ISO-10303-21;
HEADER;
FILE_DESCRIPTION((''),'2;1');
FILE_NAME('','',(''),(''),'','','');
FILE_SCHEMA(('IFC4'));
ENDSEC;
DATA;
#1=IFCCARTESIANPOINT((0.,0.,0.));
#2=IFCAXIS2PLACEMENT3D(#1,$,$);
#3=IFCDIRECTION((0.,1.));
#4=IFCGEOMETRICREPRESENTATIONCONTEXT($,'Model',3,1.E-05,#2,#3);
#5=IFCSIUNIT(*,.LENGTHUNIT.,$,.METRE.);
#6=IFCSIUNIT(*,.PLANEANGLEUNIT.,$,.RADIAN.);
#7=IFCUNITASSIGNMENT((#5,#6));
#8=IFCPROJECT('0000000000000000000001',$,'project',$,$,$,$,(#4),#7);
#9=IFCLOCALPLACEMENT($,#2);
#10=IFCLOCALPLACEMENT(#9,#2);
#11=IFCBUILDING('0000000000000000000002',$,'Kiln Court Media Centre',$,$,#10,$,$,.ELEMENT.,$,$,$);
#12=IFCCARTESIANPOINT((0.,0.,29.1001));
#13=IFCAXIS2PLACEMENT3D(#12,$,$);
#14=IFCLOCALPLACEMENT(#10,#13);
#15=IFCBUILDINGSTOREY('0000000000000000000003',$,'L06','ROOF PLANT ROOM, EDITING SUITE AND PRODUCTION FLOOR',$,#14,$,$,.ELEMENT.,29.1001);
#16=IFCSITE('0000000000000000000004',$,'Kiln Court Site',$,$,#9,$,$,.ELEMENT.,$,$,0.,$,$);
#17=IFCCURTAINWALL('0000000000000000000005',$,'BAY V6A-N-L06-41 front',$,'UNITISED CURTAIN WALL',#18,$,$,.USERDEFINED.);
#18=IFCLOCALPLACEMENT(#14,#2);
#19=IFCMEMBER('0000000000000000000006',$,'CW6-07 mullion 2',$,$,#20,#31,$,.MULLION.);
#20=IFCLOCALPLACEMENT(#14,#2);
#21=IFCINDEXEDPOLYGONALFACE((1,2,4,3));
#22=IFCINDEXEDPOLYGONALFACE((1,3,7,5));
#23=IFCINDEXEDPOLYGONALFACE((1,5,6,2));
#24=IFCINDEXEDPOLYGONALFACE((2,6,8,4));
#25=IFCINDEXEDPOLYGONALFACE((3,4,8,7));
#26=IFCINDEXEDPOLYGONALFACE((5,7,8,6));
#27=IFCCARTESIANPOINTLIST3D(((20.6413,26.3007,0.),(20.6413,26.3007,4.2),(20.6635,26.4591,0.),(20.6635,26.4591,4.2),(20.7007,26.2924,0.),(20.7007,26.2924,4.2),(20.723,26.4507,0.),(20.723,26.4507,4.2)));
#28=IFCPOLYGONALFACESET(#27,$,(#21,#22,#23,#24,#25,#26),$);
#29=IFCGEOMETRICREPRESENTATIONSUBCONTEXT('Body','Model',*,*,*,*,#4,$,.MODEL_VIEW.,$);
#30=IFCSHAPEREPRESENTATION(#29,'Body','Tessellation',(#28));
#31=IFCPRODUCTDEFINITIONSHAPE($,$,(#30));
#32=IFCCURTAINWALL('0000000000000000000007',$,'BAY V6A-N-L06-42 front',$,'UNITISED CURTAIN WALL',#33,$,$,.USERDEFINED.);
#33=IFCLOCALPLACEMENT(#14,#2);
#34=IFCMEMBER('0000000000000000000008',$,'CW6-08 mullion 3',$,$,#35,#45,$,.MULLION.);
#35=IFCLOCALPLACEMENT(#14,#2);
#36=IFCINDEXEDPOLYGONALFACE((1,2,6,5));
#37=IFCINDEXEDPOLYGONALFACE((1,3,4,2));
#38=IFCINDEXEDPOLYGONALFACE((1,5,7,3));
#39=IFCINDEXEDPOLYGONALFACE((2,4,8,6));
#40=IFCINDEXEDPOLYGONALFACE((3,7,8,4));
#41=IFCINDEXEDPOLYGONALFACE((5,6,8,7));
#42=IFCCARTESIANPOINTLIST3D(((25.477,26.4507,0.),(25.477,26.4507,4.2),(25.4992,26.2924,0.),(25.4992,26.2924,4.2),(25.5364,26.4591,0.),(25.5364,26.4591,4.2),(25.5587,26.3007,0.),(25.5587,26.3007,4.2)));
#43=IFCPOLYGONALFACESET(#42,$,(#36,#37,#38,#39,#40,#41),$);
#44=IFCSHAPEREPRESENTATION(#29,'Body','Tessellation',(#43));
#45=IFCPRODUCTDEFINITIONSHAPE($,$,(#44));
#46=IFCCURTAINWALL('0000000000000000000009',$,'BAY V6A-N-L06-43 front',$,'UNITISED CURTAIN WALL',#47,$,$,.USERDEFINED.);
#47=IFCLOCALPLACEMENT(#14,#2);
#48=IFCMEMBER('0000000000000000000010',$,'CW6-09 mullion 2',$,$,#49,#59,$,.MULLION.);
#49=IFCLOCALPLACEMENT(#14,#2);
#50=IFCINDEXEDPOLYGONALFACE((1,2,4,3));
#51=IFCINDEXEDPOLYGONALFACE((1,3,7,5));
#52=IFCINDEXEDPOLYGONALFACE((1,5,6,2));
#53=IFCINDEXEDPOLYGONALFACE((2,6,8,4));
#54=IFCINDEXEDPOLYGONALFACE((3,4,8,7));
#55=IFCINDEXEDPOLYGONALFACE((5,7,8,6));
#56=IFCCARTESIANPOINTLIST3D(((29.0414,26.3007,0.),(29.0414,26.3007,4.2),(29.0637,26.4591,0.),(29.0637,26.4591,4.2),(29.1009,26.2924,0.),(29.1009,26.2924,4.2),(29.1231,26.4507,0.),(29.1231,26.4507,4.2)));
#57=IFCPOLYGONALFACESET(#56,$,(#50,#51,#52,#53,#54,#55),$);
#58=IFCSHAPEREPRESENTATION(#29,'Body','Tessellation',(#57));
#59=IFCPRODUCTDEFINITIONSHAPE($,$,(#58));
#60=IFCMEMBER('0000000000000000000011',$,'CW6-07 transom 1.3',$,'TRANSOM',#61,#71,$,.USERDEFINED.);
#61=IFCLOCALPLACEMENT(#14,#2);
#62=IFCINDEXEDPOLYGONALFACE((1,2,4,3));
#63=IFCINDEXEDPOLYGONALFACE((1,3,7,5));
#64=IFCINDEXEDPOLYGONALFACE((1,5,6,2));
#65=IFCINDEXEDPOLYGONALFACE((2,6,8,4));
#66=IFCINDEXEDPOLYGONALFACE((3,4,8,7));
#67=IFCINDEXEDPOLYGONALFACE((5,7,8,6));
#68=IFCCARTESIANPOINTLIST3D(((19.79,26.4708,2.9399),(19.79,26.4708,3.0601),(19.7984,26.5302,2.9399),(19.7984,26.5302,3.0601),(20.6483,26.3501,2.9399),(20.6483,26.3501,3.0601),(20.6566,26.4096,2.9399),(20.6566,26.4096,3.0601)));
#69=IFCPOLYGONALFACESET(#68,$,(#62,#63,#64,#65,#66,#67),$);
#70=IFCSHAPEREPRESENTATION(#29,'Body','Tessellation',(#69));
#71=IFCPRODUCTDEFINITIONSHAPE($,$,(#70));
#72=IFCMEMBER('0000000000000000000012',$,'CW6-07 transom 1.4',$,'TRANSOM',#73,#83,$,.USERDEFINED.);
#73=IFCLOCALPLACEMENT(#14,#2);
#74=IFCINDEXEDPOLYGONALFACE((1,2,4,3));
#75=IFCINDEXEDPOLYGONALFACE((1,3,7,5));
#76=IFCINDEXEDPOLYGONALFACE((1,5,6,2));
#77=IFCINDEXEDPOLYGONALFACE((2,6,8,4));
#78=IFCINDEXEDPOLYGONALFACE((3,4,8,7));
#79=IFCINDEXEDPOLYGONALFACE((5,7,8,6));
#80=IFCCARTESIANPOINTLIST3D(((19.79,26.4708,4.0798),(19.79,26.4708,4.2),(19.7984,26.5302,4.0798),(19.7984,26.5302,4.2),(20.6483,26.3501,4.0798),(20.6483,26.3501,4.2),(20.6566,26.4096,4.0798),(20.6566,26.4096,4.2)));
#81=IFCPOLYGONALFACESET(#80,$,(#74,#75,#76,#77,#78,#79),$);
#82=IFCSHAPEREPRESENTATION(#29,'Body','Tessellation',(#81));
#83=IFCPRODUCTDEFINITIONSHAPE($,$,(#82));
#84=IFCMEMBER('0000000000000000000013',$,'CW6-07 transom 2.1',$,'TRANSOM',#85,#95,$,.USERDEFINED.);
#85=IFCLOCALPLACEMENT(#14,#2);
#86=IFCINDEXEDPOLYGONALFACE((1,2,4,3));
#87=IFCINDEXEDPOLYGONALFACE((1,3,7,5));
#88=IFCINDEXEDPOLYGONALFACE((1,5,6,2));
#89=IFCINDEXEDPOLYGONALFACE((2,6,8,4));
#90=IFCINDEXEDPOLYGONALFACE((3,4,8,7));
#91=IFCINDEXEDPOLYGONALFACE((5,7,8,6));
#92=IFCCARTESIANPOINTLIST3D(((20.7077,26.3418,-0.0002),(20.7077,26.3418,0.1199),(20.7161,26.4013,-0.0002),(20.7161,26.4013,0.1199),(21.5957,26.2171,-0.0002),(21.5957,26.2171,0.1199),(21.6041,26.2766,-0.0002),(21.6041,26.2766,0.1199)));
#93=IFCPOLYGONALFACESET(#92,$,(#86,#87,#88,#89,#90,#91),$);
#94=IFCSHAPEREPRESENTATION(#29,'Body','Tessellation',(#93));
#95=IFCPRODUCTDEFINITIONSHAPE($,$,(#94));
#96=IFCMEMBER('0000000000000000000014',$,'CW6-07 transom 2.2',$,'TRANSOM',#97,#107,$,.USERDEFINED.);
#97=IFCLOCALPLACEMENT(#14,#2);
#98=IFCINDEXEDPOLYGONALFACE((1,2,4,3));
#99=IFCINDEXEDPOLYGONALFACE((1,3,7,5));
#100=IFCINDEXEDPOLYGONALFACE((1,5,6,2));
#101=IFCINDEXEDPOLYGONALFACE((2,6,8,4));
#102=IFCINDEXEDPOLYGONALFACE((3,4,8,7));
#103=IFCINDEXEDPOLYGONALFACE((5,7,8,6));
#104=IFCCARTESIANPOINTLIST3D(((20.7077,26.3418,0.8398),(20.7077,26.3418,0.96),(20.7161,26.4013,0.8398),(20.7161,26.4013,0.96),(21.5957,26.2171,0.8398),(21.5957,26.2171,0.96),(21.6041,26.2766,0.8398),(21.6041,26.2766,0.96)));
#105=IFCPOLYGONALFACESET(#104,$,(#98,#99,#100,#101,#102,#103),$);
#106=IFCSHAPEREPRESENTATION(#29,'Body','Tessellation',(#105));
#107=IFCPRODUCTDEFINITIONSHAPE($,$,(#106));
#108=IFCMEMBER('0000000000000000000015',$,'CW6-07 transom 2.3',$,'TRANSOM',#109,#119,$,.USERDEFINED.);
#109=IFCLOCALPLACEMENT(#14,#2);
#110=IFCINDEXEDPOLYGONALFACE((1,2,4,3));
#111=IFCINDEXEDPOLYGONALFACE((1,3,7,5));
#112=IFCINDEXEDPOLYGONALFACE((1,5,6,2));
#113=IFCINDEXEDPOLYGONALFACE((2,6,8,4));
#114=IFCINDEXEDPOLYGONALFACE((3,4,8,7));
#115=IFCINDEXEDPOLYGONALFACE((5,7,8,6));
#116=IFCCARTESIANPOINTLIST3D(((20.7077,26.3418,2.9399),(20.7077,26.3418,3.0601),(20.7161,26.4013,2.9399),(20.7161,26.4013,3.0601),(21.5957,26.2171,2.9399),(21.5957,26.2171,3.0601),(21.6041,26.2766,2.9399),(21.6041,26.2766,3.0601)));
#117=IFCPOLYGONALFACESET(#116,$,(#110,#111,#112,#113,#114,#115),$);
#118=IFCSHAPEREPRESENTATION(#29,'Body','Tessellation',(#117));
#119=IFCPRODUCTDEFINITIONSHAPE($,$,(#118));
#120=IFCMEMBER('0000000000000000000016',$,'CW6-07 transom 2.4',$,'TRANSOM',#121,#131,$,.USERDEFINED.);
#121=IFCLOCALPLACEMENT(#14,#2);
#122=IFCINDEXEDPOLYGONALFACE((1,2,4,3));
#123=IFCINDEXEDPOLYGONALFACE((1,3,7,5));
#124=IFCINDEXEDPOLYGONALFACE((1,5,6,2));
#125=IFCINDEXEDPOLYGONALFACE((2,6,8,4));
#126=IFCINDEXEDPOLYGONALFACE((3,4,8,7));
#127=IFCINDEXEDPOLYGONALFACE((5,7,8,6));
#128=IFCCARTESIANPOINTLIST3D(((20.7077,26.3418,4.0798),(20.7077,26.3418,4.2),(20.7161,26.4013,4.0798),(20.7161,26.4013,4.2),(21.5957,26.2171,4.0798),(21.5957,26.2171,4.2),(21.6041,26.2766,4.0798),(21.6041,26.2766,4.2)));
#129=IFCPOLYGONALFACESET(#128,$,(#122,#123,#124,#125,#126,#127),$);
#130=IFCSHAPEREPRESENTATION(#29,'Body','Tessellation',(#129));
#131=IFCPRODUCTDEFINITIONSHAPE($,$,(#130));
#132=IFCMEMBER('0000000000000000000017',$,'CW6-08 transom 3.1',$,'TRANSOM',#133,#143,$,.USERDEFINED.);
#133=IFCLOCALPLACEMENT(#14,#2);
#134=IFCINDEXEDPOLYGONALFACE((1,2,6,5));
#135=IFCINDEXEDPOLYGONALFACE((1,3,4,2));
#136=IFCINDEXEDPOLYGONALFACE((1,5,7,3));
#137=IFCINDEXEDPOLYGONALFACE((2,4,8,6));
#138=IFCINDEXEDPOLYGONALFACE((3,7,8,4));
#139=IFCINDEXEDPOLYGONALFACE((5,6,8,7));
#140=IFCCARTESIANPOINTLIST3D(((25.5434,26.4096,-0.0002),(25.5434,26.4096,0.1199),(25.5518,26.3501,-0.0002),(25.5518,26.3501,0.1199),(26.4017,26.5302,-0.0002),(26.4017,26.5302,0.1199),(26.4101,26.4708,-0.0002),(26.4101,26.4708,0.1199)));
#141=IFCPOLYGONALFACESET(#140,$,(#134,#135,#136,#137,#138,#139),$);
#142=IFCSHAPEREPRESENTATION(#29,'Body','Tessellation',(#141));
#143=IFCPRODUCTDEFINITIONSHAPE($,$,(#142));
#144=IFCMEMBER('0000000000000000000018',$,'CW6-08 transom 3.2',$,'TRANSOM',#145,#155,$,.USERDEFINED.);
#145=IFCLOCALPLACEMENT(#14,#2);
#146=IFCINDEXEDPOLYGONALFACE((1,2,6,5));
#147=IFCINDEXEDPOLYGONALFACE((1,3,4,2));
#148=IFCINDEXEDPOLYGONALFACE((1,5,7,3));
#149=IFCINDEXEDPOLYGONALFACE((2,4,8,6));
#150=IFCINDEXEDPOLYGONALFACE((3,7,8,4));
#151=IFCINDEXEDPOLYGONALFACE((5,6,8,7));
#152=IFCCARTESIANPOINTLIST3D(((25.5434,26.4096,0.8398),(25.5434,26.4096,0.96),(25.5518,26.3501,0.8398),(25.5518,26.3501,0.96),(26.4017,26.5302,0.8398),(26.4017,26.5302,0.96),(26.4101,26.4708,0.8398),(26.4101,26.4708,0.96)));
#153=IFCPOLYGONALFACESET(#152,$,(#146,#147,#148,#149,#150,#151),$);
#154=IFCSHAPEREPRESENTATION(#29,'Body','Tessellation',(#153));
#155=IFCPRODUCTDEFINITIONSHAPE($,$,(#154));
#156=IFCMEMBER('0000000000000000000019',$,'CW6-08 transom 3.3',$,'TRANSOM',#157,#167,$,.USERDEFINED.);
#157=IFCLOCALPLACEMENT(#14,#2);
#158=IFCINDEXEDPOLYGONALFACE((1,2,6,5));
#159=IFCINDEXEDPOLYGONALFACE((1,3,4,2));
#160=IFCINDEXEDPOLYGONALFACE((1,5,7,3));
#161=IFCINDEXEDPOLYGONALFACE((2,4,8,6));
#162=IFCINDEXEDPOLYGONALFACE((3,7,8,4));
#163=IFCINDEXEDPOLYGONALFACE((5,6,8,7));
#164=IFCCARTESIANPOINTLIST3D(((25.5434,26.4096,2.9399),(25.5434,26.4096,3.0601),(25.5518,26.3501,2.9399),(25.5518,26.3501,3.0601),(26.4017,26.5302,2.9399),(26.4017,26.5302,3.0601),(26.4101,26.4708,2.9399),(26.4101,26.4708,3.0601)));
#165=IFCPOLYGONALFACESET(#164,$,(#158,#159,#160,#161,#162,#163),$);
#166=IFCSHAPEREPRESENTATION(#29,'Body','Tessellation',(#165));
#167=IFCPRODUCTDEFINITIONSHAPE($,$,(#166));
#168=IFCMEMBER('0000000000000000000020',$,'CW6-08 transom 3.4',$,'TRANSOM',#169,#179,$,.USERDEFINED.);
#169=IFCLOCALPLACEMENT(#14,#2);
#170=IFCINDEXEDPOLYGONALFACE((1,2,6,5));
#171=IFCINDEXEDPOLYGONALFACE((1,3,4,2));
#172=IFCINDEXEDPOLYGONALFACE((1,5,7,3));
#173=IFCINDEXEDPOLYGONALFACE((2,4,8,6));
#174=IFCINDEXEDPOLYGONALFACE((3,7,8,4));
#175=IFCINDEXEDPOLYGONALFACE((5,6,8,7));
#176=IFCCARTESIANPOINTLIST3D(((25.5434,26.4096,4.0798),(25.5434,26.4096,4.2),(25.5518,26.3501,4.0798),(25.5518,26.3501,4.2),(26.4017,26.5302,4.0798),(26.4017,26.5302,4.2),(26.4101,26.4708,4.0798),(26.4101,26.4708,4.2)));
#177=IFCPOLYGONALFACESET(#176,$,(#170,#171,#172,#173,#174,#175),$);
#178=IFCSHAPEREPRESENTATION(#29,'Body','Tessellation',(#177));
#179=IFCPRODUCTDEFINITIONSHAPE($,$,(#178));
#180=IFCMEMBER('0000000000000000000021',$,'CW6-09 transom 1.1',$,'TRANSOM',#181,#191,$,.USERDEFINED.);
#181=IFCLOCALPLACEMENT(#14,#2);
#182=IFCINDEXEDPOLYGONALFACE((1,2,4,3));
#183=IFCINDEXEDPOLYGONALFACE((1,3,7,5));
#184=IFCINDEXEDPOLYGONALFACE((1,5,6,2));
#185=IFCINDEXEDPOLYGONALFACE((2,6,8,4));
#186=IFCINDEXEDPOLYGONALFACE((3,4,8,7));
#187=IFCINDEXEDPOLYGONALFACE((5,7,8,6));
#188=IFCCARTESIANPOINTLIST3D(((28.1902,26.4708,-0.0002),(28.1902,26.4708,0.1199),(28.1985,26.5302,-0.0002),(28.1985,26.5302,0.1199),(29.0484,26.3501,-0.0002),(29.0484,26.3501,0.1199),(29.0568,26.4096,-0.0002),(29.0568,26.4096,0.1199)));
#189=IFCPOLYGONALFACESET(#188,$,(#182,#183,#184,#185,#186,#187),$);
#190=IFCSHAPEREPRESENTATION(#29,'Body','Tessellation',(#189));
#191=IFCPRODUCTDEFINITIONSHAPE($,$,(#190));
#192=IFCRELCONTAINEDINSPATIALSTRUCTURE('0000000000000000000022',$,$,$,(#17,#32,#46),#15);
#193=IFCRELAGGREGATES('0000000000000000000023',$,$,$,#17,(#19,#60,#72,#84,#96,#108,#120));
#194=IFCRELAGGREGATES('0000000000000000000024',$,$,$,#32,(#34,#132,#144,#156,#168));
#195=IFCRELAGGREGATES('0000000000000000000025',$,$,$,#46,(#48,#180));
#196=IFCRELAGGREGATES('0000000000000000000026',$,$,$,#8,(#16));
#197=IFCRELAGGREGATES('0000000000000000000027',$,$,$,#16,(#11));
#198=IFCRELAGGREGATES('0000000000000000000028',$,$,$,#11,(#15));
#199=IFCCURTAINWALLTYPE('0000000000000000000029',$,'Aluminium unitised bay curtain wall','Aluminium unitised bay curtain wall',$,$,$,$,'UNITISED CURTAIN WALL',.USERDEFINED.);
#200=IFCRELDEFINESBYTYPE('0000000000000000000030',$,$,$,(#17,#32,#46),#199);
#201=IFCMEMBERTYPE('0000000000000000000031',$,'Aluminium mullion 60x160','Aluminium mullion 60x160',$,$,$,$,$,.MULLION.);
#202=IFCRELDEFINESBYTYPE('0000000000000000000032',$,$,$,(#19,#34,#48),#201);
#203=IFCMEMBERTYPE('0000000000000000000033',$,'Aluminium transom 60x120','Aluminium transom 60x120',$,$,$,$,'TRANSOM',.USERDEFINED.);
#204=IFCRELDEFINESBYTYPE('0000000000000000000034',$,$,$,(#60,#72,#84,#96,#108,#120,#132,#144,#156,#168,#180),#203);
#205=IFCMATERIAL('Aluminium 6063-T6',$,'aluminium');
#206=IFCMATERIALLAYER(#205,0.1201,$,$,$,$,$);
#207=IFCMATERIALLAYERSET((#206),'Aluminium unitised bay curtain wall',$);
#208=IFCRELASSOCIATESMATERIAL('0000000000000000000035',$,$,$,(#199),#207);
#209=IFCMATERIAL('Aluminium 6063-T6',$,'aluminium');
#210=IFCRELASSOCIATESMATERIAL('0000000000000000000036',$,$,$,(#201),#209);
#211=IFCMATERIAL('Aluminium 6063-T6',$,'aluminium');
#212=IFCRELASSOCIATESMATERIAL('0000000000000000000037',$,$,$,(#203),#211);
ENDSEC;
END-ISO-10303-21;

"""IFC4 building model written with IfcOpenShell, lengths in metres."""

from ifc_helpers import new_model, si_unit, direction, frame, origin, origin_2d, place, context, subcontext, project, spatial, rectangle, extrude, material, layer, layer_set, material_profile, profile_set, type_object, element, aggregate, save


model = new_model("IFC4")

# Units and contexts
model_context = context("Model", 3, precision=1e-05, world=origin(), true_north=direction((0.0, 1.0)))
body_context = subcontext(model_context, "Body", "Model", "MODEL_VIEW")
ifc_project = project(units=[si_unit("LENGTHUNIT", "METRE"), si_unit("PLANEANGLEUNIT", "RADIAN")], contexts=[model_context])

# Site, building, storey
site_placement = place(None, origin())
site = spatial("IfcSite", under=ifc_project, at=site_placement, Name="Kiln Court Site", CompositionType="ELEMENT", RefElevation=0.0)
building_placement = place(site_placement, origin())
building = spatial("IfcBuilding", under=site, at=building_placement, Name="Kiln Court Media Centre", CompositionType="ELEMENT")
storey_placement = place(building_placement, frame((0.0, 0.0, 29.1001)))
storey = spatial("IfcBuildingStorey", under=building, at=storey_placement, Name="L06", Description="ROOF PLANT ROOM, EDITING SUITE AND PRODUCTION FLOOR", CompositionType="ELEMENT", Elevation=29.1001)

# Curtain walls, members
ifc_material_1 = material(Name="Aluminium 6063-T6", Category="aluminium")
ifc_layer_1 = layer(ifc_material_1, 0.1201)
ifc_layer_set_1 = layer_set([ifc_layer_1], Name="Aluminium unitised bay curtain wall")
curtain_wall_type = type_object("IfcCurtainWallType", Name="Aluminium unitised bay curtain wall", Description="Aluminium unitised bay curtain wall", ElementType="UNITISED CURTAIN WALL", PredefinedType="USERDEFINED", material=ifc_layer_set_1)
curtain_wall_1_placement = place(storey_placement, origin())
curtain_wall_1 = element("IfcCurtainWall", 1, at=curtain_wall_1_placement, inside=storey, type_object=curtain_wall_type, Name="BAY V6A-N-L06-41 front", ObjectType="UNITISED CURTAIN WALL", PredefinedType="USERDEFINED")
ifc_material_2 = material(Name="Aluminium 6063-T6", Category="aluminium")
ifc_material_profile_1 = material_profile(ifc_material_2, rectangle(XDim=0.0601, YDim=0.1599, at=origin_2d()), Name="Aluminium mullion 60x160")
ifc_profile_set_1 = profile_set([ifc_material_profile_1], Name="Aluminium 6063-T6")
member_type_1 = type_object("IfcMemberType", Name="Aluminium mullion 60x160", Description="Aluminium mullion 60x160", PredefinedType="MULLION", material=ifc_profile_set_1)
member_1_placement = place(storey_placement, frame((20.6821, 26.3757, 0.0), z_axis=(0.0, 0.0, 1.0), x_axis=(0.99027, -0.139162, 0.0)))
member_1 = element("IfcMember", 2, at=member_1_placement, type_object=member_type_1, Name="CW6-07 mullion 2", PredefinedType="MULLION", context=body_context, shape_type="SweptSolid", body=[
    extrude(rectangle(XDim=0.0601, YDim=0.1599, at=origin_2d()), origin(), (0.0, 0.0, 1.0), 4.2),
])
curtain_wall_2_placement = place(storey_placement, origin())
curtain_wall_2 = element("IfcCurtainWall", 3, at=curtain_wall_2_placement, inside=storey, type_object=curtain_wall_type, Name="BAY V6A-N-L06-42 front", ObjectType="UNITISED CURTAIN WALL", PredefinedType="USERDEFINED")
member_2_placement = place(storey_placement, frame((25.5178, 26.3757, 0.0), z_axis=(0.0, 0.0, 1.0), x_axis=(0.99027, 0.139162, 0.0)))
member_2 = element("IfcMember", 4, at=member_2_placement, type_object=member_type_1, Name="CW6-08 mullion 3", PredefinedType="MULLION", context=body_context, shape_type="SweptSolid", body=[
    extrude(rectangle(XDim=0.0601, YDim=0.1599, at=origin_2d()), origin(), (0.0, 0.0, 1.0), 4.2),
])
curtain_wall_3_placement = place(storey_placement, origin())
curtain_wall_3 = element("IfcCurtainWall", 5, at=curtain_wall_3_placement, inside=storey, type_object=curtain_wall_type, Name="BAY V6A-N-L06-43 front", ObjectType="UNITISED CURTAIN WALL", PredefinedType="USERDEFINED")
member_3_placement = place(storey_placement, frame((29.0823, 26.3757, 0.0), z_axis=(0.0, 0.0, 1.0), x_axis=(0.99027, -0.139162, 0.0)))
member_3 = element("IfcMember", 6, at=member_3_placement, type_object=member_type_1, Name="CW6-09 mullion 2", PredefinedType="MULLION", context=body_context, shape_type="SweptSolid", body=[
    extrude(rectangle(XDim=0.0601, YDim=0.1599, at=origin_2d()), origin(), (0.0, 0.0, 1.0), 4.2),
])

# Members
ifc_material_3 = material(Name="Aluminium 6063-T6", Category="aluminium")
ifc_material_profile_2 = material_profile(ifc_material_3, rectangle(XDim=0.0601, YDim=0.1201, at=origin_2d()), Name="Aluminium transom 60x120")
ifc_profile_set_2 = profile_set([ifc_material_profile_2], Name="Aluminium 6063-T6")
member_type_2 = type_object("IfcMemberType", Name="Aluminium transom 60x120", Description="Aluminium transom 60x120", ElementType="TRANSOM", PredefinedType="USERDEFINED", material=ifc_profile_set_2)
member_4_placement = place(storey_placement, frame((19.7942, 26.5005, 3.0), z_axis=(0.990268, -0.139173, 0.0), x_axis=(0.139173, 0.990268, 0.0)))
member_4 = element("IfcMember", 7, at=member_4_placement, type_object=member_type_2, Name="CW6-07 transom 1.3", ObjectType="TRANSOM", PredefinedType="USERDEFINED", context=body_context, shape_type="SweptSolid", body=[
    extrude(rectangle(XDim=0.0601, YDim=0.1201, at=origin_2d()), origin(), (0.0, 0.0, 1.0), 0.8667),
])
member_5_placement = place(storey_placement, frame((19.7942, 26.5005, 4.1399), z_axis=(0.990268, -0.139173, 0.0), x_axis=(0.139173, 0.990268, 0.0)))
member_5 = element("IfcMember", 8, at=member_5_placement, type_object=member_type_2, Name="CW6-07 transom 1.4", ObjectType="TRANSOM", PredefinedType="USERDEFINED", context=body_context, shape_type="SweptSolid", body=[
    extrude(rectangle(XDim=0.0601, YDim=0.1201, at=origin_2d()), origin(), (0.0, 0.0, 1.0), 0.8667),
])
member_6_placement = place(storey_placement, frame((20.7119, 26.3716, 0.0598), z_axis=(0.990274, -0.139134, 0.0), x_axis=(0.139134, 0.990274, 0.0)))
member_6 = element("IfcMember", 9, at=member_6_placement, type_object=member_type_2, Name="CW6-07 transom 2.1", ObjectType="TRANSOM", PredefinedType="USERDEFINED", context=body_context, shape_type="SweptSolid", body=[
    extrude(rectangle(XDim=0.0601, YDim=0.1201, at=origin_2d()), origin(), (0.0, 0.0, 1.0), 0.8967),
])
member_7_placement = place(storey_placement, frame((20.7119, 26.3716, 0.8999), z_axis=(0.990274, -0.139134, 0.0), x_axis=(0.139134, 0.990274, 0.0)))
member_7 = element("IfcMember", 10, at=member_7_placement, type_object=member_type_2, Name="CW6-07 transom 2.2", ObjectType="TRANSOM", PredefinedType="USERDEFINED", context=body_context, shape_type="SweptSolid", body=[
    extrude(rectangle(XDim=0.0601, YDim=0.1201, at=origin_2d()), origin(), (0.0, 0.0, 1.0), 0.8967),
])
member_8_placement = place(storey_placement, frame((20.7119, 26.3716, 3.0), z_axis=(0.990274, -0.139134, 0.0), x_axis=(0.139134, 0.990274, 0.0)))
member_8 = element("IfcMember", 11, at=member_8_placement, type_object=member_type_2, Name="CW6-07 transom 2.3", ObjectType="TRANSOM", PredefinedType="USERDEFINED", context=body_context, shape_type="SweptSolid", body=[
    extrude(rectangle(XDim=0.0601, YDim=0.1201, at=origin_2d()), origin(), (0.0, 0.0, 1.0), 0.8967),
])
member_9_placement = place(storey_placement, frame((20.7119, 26.3716, 4.1399), z_axis=(0.990274, -0.139134, 0.0), x_axis=(0.139134, 0.990274, 0.0)))
member_9 = element("IfcMember", 12, at=member_9_placement, type_object=member_type_2, Name="CW6-07 transom 2.4", ObjectType="TRANSOM", PredefinedType="USERDEFINED", context=body_context, shape_type="SweptSolid", body=[
    extrude(rectangle(XDim=0.0601, YDim=0.1201, at=origin_2d()), origin(), (0.0, 0.0, 1.0), 0.8967),
])
member_10_placement = place(storey_placement, frame((25.5476, 26.3799, 0.0598), z_axis=(0.990268, 0.139173, 0.0), x_axis=(-0.139173, 0.990268, 0.0)))
member_10 = element("IfcMember", 13, at=member_10_placement, type_object=member_type_2, Name="CW6-08 transom 3.1", ObjectType="TRANSOM", PredefinedType="USERDEFINED", context=body_context, shape_type="SweptSolid", body=[
    extrude(rectangle(XDim=0.0601, YDim=0.1201, at=origin_2d()), origin(), (0.0, 0.0, 1.0), 0.8667),
])
member_11_placement = place(storey_placement, frame((25.5476, 26.3799, 0.8999), z_axis=(0.990268, 0.139173, 0.0), x_axis=(-0.139173, 0.990268, 0.0)))
member_11 = element("IfcMember", 14, at=member_11_placement, type_object=member_type_2, Name="CW6-08 transom 3.2", ObjectType="TRANSOM", PredefinedType="USERDEFINED", context=body_context, shape_type="SweptSolid", body=[
    extrude(rectangle(XDim=0.0601, YDim=0.1201, at=origin_2d()), origin(), (0.0, 0.0, 1.0), 0.8667),
])
member_12_placement = place(storey_placement, frame((25.5476, 26.3799, 3.0), z_axis=(0.990268, 0.139173, 0.0), x_axis=(-0.139173, 0.990268, 0.0)))
member_12 = element("IfcMember", 15, at=member_12_placement, type_object=member_type_2, Name="CW6-08 transom 3.3", ObjectType="TRANSOM", PredefinedType="USERDEFINED", context=body_context, shape_type="SweptSolid", body=[
    extrude(rectangle(XDim=0.0601, YDim=0.1201, at=origin_2d()), origin(), (0.0, 0.0, 1.0), 0.8667),
])
member_13_placement = place(storey_placement, frame((25.5476, 26.3799, 4.1399), z_axis=(0.990268, 0.139173, 0.0), x_axis=(-0.139173, 0.990268, 0.0)))
member_13 = element("IfcMember", 16, at=member_13_placement, type_object=member_type_2, Name="CW6-08 transom 3.4", ObjectType="TRANSOM", PredefinedType="USERDEFINED", context=body_context, shape_type="SweptSolid", body=[
    extrude(rectangle(XDim=0.0601, YDim=0.1201, at=origin_2d()), origin(), (0.0, 0.0, 1.0), 0.8667),
])
member_14_placement = place(storey_placement, frame((28.1943, 26.5005, 0.0598), z_axis=(0.990268, -0.139173, 0.0), x_axis=(0.139173, 0.990268, 0.0)))
member_14 = element("IfcMember", 17, at=member_14_placement, type_object=member_type_2, Name="CW6-09 transom 1.1", ObjectType="TRANSOM", PredefinedType="USERDEFINED", context=body_context, shape_type="SweptSolid", body=[
    extrude(rectangle(XDim=0.0601, YDim=0.1201, at=origin_2d()), origin(), (0.0, 0.0, 1.0), 0.8667),
])

aggregate(curtain_wall_1, [member_1, member_4, member_5, member_6, member_7, member_8, member_9])
aggregate(curtain_wall_2, [member_2, member_10, member_11, member_12, member_13])
aggregate(curtain_wall_3, [member_3, member_14])

save(model, "model.ifc")
